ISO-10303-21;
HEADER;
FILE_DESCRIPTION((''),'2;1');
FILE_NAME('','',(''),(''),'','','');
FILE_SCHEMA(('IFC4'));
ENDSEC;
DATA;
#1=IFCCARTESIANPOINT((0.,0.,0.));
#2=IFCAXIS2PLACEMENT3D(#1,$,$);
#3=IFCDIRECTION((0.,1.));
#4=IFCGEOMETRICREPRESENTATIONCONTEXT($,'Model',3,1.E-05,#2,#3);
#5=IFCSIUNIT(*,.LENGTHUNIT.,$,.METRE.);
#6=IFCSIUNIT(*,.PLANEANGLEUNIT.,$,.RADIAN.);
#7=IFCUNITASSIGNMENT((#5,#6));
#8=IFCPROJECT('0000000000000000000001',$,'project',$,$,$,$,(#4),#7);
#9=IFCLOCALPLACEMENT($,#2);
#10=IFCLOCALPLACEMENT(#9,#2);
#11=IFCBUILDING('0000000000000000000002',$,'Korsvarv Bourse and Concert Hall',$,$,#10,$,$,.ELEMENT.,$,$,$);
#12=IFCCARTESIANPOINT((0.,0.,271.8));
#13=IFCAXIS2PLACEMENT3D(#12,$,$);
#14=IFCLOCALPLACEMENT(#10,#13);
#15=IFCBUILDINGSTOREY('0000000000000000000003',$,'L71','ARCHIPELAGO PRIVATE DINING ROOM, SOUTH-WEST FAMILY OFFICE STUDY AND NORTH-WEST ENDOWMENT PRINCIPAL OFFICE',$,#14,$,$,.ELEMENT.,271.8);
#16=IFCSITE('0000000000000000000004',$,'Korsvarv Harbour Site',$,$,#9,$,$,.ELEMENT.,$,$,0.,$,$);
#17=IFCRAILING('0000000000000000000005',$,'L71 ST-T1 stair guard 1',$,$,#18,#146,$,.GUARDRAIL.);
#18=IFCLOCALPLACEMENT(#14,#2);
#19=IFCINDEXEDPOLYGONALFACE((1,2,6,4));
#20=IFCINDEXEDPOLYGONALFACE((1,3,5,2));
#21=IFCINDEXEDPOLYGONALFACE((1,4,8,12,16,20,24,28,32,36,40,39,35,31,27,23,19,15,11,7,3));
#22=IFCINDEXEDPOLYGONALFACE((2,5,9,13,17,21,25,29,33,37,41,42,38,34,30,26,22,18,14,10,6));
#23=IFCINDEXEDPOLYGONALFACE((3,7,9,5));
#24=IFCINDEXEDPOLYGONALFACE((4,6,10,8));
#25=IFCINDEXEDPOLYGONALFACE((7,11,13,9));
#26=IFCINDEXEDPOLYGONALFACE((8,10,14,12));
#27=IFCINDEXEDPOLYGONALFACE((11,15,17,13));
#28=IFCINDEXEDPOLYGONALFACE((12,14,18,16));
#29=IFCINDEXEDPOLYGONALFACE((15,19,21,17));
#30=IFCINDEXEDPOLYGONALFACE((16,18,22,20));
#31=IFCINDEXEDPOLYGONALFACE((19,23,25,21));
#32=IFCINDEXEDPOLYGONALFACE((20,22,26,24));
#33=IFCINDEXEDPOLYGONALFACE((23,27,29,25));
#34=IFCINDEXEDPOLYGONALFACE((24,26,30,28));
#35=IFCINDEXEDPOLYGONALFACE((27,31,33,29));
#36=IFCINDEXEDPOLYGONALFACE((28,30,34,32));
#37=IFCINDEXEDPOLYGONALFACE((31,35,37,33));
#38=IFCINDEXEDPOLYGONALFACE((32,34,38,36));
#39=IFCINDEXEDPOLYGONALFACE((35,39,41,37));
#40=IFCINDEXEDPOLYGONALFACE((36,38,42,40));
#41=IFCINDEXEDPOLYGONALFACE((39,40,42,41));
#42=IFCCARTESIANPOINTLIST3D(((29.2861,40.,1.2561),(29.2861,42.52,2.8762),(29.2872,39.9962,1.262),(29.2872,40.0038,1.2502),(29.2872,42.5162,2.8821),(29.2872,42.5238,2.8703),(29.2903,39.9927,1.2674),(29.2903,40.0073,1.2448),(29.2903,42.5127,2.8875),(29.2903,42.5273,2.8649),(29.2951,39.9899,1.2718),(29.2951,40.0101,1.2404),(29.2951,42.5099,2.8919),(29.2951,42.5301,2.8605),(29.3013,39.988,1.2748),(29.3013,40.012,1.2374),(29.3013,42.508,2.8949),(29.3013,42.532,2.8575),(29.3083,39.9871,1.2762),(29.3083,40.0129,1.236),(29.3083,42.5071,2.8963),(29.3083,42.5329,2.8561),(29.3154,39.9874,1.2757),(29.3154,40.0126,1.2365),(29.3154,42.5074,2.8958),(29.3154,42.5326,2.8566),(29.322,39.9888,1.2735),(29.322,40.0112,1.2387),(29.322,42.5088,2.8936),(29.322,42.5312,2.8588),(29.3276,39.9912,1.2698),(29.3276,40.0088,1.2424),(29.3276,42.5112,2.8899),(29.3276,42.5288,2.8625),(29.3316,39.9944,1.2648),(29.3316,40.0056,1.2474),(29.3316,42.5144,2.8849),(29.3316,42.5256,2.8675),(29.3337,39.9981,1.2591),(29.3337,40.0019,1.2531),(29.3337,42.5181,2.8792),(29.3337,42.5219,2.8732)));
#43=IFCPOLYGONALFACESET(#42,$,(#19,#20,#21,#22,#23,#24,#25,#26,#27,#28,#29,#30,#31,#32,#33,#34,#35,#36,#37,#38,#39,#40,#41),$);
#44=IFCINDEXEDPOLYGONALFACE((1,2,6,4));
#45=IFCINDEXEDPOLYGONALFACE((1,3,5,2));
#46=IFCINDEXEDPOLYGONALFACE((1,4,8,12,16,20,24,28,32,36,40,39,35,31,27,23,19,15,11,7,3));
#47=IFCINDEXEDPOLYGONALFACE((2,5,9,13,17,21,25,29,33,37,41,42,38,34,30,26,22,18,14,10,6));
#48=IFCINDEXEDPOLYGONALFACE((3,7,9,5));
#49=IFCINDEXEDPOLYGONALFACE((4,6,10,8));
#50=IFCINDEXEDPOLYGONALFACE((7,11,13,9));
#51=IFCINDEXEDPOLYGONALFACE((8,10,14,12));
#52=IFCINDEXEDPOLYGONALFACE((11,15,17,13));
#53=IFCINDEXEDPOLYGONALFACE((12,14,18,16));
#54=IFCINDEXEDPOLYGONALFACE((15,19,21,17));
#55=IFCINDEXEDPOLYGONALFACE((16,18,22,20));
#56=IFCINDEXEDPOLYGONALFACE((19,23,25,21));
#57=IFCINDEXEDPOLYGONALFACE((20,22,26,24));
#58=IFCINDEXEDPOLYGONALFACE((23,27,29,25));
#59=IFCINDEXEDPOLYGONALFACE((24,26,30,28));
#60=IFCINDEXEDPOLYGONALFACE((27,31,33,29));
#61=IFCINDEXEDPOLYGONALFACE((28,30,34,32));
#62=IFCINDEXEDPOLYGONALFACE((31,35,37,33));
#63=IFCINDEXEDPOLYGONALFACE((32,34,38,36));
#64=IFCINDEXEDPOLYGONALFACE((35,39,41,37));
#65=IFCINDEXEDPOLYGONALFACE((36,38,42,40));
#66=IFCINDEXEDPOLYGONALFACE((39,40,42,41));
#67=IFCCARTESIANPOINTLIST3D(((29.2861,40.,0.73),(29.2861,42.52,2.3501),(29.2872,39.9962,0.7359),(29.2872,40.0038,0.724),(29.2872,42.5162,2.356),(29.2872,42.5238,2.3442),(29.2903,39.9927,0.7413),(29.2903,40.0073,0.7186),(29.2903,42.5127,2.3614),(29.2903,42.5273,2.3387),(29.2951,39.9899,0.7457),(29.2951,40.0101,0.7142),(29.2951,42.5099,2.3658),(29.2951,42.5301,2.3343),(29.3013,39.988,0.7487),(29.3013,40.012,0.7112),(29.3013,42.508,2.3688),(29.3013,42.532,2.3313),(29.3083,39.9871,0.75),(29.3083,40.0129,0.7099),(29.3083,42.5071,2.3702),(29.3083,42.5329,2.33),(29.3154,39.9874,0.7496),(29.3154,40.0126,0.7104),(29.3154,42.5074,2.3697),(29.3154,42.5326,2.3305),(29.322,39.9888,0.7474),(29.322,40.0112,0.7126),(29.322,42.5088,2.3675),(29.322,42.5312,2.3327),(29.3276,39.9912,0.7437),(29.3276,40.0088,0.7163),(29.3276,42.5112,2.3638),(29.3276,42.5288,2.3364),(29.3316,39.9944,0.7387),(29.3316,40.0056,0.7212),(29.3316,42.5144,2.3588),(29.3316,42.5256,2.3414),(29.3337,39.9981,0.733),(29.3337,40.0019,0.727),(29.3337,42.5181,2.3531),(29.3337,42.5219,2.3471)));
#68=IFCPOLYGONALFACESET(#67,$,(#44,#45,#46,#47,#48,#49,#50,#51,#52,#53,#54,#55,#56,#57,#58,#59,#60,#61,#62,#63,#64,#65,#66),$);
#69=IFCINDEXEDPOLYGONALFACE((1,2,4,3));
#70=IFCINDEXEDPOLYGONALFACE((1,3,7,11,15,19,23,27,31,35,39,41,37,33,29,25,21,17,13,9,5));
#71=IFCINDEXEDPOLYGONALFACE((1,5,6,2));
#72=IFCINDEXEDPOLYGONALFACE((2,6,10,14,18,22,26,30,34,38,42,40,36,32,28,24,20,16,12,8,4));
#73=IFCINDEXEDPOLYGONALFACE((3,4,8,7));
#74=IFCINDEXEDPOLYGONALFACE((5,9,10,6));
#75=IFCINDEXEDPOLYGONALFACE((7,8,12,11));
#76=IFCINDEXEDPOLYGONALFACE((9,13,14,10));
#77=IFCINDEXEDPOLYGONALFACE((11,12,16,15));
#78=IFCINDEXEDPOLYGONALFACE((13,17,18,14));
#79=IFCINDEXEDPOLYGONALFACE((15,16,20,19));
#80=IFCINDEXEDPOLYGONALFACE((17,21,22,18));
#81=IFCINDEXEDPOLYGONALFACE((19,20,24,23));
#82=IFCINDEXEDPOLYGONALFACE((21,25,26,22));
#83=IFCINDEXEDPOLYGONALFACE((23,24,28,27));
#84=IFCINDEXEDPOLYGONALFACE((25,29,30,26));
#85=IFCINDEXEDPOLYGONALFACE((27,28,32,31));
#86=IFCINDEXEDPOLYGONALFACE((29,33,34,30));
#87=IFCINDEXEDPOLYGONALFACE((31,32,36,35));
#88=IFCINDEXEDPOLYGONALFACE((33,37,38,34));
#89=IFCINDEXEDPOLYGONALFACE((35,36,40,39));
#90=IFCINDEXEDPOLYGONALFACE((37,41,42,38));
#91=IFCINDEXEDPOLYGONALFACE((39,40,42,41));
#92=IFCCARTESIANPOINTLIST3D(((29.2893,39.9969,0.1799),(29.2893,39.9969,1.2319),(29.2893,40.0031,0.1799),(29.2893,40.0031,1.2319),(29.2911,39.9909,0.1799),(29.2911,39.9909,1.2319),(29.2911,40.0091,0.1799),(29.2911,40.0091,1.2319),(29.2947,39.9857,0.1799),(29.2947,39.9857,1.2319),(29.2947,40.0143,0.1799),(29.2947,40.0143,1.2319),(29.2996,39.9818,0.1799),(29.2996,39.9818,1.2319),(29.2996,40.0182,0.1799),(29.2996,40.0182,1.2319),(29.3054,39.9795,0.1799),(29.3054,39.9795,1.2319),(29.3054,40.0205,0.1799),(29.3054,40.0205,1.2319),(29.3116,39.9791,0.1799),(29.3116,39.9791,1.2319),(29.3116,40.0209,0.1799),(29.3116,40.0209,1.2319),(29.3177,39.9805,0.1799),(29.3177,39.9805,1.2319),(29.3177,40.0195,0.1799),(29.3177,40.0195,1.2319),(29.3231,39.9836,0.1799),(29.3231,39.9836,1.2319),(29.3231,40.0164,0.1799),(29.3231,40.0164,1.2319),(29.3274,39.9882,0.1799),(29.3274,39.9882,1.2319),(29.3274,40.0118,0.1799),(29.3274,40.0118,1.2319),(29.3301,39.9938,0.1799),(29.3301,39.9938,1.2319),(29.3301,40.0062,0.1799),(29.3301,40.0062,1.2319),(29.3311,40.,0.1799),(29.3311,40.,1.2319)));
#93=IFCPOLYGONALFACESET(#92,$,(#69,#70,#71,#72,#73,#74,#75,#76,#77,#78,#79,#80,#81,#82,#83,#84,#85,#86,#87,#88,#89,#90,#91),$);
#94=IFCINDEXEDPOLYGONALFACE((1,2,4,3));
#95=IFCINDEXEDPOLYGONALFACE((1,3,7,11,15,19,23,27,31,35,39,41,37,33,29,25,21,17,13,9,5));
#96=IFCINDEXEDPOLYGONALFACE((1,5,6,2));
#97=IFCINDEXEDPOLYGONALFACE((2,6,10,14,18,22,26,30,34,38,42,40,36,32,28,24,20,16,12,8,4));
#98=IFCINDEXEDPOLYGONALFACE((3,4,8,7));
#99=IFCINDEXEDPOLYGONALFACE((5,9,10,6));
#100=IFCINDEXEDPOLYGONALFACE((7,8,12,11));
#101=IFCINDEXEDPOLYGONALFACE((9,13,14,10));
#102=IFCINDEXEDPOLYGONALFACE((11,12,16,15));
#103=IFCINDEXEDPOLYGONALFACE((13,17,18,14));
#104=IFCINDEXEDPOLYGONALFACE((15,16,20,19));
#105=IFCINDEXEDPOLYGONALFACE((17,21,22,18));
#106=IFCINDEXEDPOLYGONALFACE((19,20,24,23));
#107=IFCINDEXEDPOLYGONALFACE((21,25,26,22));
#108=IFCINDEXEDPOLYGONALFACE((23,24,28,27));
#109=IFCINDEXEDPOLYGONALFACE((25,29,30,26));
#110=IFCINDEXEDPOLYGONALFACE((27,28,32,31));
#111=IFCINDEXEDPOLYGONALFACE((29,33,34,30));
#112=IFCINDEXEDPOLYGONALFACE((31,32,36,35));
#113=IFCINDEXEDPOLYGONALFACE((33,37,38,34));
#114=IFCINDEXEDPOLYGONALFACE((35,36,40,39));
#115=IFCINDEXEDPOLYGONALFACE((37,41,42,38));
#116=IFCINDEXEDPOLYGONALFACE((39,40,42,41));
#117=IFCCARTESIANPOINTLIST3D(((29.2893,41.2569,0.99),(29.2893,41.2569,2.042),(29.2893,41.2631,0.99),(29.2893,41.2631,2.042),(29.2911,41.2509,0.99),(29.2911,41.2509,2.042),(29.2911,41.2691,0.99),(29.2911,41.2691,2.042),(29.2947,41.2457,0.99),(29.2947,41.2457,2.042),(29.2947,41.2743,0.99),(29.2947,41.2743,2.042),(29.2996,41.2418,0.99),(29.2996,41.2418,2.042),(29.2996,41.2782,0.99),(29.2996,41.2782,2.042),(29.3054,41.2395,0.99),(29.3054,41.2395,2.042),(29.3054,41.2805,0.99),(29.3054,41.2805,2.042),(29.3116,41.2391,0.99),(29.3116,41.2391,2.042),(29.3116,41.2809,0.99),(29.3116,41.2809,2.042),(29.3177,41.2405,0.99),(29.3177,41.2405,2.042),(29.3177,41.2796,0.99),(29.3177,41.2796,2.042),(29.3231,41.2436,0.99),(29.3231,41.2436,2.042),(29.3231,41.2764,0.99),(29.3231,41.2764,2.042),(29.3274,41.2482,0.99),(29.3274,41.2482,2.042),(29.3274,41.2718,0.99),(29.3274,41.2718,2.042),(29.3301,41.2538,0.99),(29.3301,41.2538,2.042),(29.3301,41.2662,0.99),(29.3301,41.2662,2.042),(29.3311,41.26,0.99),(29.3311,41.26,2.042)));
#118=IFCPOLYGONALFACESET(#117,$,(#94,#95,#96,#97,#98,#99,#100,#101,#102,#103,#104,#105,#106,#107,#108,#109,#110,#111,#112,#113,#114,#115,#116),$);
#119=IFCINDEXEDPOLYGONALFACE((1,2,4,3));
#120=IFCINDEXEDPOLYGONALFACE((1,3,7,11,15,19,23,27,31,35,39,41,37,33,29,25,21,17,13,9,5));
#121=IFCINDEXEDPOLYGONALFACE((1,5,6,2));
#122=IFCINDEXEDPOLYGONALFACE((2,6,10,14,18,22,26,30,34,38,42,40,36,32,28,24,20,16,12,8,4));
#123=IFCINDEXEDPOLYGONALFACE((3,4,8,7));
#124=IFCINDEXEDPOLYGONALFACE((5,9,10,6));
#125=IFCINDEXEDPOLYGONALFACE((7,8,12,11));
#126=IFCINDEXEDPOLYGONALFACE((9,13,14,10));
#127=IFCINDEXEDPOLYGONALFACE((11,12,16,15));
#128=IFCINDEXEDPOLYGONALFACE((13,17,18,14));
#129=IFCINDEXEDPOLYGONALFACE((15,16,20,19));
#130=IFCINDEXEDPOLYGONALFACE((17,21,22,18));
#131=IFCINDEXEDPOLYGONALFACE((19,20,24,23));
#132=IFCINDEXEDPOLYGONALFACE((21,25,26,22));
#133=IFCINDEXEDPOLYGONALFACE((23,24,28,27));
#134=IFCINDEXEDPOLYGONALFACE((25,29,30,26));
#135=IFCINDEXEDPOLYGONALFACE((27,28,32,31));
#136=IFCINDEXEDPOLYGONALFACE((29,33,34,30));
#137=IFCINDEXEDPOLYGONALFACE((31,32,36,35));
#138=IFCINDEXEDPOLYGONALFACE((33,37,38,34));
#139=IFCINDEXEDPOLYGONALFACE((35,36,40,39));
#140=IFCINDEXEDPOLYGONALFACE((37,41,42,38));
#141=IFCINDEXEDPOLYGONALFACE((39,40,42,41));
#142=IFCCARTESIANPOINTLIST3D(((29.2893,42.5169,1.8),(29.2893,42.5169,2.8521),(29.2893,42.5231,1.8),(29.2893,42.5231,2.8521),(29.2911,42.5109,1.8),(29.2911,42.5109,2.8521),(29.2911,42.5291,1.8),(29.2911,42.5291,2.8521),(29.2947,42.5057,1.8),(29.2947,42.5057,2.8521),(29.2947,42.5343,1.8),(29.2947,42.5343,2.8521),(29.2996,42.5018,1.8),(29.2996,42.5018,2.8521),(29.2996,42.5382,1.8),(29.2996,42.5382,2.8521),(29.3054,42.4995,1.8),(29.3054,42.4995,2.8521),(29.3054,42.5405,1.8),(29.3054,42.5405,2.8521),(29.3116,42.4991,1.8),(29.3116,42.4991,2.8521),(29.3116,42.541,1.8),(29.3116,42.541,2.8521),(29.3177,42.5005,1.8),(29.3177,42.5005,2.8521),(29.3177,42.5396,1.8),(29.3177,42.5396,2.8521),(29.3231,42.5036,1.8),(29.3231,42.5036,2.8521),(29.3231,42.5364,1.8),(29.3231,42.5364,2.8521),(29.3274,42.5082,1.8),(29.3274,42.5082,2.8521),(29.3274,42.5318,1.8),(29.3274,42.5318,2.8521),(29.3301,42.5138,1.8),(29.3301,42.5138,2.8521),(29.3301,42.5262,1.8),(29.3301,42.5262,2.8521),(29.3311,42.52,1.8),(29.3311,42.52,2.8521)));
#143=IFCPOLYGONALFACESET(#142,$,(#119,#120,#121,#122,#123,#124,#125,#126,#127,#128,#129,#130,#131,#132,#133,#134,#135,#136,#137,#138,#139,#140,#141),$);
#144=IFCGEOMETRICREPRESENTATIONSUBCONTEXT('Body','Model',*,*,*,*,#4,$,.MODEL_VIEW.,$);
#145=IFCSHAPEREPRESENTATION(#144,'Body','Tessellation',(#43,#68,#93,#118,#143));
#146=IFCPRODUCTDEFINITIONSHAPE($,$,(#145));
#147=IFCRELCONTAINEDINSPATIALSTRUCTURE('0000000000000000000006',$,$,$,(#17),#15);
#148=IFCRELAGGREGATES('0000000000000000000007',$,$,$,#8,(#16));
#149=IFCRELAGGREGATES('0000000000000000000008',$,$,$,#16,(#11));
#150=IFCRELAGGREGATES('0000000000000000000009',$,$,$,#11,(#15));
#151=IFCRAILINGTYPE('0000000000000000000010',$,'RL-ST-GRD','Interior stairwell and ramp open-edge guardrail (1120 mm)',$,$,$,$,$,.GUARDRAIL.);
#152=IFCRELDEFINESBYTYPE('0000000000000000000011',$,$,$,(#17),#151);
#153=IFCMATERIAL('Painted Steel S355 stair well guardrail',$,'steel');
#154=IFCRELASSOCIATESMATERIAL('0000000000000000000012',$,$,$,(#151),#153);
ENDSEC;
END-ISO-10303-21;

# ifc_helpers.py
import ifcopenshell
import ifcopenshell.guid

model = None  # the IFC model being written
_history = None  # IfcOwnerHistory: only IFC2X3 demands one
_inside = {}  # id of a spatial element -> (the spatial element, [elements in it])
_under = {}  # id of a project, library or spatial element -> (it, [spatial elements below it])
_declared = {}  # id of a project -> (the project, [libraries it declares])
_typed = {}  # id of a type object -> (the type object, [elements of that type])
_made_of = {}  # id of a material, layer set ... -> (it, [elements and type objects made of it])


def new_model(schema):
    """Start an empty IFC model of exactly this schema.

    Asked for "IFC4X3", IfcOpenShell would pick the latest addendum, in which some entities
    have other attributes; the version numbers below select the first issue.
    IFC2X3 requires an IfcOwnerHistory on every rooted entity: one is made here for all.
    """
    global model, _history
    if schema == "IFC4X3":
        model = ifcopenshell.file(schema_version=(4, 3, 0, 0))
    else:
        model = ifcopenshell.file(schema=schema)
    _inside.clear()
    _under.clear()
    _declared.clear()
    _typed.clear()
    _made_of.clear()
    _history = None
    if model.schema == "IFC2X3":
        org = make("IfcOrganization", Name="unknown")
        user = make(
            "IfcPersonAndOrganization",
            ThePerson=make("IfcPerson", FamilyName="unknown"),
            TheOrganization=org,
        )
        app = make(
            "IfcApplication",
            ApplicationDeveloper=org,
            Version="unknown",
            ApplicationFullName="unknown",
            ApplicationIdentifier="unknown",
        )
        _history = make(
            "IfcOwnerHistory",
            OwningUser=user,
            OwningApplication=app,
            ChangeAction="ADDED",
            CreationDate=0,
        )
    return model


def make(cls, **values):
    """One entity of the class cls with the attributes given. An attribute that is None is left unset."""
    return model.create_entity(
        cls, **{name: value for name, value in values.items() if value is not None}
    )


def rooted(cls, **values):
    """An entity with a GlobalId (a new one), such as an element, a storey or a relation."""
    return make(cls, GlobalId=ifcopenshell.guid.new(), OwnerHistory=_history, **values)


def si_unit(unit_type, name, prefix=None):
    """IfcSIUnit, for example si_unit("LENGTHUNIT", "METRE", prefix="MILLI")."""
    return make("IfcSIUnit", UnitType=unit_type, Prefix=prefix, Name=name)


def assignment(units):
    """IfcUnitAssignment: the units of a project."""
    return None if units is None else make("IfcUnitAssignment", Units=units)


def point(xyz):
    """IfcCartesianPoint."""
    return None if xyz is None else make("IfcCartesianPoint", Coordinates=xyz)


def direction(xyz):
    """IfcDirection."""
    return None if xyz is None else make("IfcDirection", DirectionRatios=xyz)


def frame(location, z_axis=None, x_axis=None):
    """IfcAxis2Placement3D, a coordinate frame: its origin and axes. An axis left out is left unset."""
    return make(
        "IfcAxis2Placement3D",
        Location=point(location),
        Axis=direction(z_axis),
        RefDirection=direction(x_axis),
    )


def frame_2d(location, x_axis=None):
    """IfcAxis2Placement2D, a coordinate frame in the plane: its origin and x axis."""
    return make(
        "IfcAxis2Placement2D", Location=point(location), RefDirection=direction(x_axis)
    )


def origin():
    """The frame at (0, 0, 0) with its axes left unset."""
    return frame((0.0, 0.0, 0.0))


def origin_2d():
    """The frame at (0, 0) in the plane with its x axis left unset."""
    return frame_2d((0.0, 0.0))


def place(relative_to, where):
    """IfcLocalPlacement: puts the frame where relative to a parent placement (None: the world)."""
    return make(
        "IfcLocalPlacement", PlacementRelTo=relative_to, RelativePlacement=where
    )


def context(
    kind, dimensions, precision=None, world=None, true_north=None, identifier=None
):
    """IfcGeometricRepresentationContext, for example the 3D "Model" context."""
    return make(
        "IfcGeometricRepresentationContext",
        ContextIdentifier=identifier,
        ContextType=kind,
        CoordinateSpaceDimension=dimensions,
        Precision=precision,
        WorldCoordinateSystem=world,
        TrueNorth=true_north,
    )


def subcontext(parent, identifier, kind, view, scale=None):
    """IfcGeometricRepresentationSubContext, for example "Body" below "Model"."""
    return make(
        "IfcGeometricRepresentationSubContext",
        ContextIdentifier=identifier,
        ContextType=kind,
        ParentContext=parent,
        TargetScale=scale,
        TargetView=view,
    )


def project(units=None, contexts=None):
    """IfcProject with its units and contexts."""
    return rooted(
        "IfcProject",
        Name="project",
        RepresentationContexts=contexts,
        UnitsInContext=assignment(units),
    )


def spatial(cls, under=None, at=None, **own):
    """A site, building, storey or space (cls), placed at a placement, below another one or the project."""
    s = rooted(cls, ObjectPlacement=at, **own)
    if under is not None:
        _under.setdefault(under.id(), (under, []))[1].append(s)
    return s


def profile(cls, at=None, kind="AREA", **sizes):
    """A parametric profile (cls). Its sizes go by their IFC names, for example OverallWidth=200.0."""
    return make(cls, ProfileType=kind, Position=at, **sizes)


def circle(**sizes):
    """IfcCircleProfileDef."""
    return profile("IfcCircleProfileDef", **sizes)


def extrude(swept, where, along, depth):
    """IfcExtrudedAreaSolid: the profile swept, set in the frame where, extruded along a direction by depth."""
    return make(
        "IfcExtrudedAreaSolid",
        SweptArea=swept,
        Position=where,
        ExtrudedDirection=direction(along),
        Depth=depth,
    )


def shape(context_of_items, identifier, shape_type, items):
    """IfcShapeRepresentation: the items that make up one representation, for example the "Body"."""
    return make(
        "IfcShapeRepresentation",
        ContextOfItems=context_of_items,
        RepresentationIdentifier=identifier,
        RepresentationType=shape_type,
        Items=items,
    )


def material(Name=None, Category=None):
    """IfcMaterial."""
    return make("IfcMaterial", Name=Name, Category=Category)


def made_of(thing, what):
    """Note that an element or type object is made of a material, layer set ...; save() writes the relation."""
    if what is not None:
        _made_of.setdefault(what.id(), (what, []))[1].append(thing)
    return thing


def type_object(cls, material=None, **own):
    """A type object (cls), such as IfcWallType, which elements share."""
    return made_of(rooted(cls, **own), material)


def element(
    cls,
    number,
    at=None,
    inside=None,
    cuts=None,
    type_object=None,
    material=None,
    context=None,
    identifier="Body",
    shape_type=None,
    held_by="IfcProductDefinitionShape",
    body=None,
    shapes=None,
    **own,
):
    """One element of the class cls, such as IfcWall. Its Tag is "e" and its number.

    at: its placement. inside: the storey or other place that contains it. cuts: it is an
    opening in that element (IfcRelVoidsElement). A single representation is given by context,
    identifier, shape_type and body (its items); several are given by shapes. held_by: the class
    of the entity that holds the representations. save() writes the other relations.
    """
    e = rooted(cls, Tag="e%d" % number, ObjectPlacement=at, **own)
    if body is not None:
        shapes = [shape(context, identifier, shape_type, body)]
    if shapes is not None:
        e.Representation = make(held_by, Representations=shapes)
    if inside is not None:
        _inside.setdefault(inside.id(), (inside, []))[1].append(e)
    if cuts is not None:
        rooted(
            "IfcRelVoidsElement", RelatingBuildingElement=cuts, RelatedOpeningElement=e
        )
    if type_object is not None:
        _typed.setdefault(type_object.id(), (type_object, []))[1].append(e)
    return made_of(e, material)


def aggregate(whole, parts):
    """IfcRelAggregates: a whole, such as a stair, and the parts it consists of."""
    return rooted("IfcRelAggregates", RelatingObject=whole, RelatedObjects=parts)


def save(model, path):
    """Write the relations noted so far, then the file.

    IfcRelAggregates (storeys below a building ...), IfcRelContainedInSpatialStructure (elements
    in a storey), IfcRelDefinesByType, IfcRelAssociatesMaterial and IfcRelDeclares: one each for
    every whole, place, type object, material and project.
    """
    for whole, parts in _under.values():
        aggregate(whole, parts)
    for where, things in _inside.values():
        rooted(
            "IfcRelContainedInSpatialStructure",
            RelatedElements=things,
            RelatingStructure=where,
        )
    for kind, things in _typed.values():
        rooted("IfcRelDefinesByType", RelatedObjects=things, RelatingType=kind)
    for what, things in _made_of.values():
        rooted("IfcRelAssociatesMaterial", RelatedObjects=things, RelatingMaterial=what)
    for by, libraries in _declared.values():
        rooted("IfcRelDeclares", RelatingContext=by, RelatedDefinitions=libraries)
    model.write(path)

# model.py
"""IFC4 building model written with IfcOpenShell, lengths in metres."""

from ifc_helpers import new_model, si_unit, direction, frame, origin, origin_2d, place, context, subcontext, project, spatial, circle, extrude, material, type_object, element, save


model = new_model("IFC4")

# Units and contexts
model_context = context("Model", 3, precision=1e-05, world=origin(), true_north=direction((0.0, 1.0)))
body_context = subcontext(model_context, "Body", "Model", "MODEL_VIEW")
ifc_project = project(units=[si_unit("LENGTHUNIT", "METRE"), si_unit("PLANEANGLEUNIT", "RADIAN")], contexts=[model_context])

# Site, building, storey
site_placement = place(None, origin())
site = spatial("IfcSite", under=ifc_project, at=site_placement, Name="Korsvarv Harbour Site", CompositionType="ELEMENT", RefElevation=0.0)
building_placement = place(site_placement, origin())
building = spatial("IfcBuilding", under=site, at=building_placement, Name="Korsvarv Bourse and Concert Hall", CompositionType="ELEMENT")
storey_placement = place(building_placement, frame((0.0, 0.0, 271.8)))
storey = spatial("IfcBuildingStorey", under=building, at=storey_placement, Name="L71", Description="ARCHIPELAGO PRIVATE DINING ROOM, SOUTH-WEST FAMILY OFFICE STUDY AND NORTH-WEST ENDOWMENT PRINCIPAL OFFICE", CompositionType="ELEMENT", Elevation=271.8)

# Railing
ifc_material_1 = material(Name="Painted Steel S355 stair well guardrail", Category="steel")
railing_type_1 = type_object("IfcRailingType", Name="RL-ST-GRD", Description="Interior stairwell and ramp open-edge guardrail (1120 mm)", PredefinedType="GUARDRAIL", material=ifc_material_1)
railing_1_placement = place(storey_placement, frame((29.3101, 40.0, 0.1799)))
element("IfcRailing", 1, at=railing_1_placement, inside=storey, type_object=railing_type_1, Name="L71 ST-T1 stair guard 1", PredefinedType="GUARDRAIL", context=body_context, shape_type="SweptSolid", body=[
    extrude(circle(Radius=0.0239, at=origin_2d()), frame((0.0, 0.0, 1.0762), z_axis=(0.0, 0.841163, 0.540782), x_axis=(-1.0, 0.0, 0.0)), (0.0, 0.0, 1.0), 2.9958),
    extrude(circle(Radius=0.0239, at=origin_2d()), frame((0.0, 0.0, 0.55), z_axis=(0.0, 0.841163, 0.540782), x_axis=(-1.0, 0.0, 0.0)), (0.0, 0.0, 1.0), 2.9958),
    extrude(circle(Radius=0.021, at=origin_2d()), origin(), (0.0, 0.0, 1.0), 1.052),
    extrude(circle(Radius=0.021, at=origin_2d()), frame((0.0, 1.26, 0.8101)), (0.0, 0.0, 1.0), 1.052),
    extrude(circle(Radius=0.021, at=origin_2d()), frame((0.0, 2.52, 1.6201)), (0.0, 0.0, 1.0), 1.052),
])

save(model, "model.ifc")
